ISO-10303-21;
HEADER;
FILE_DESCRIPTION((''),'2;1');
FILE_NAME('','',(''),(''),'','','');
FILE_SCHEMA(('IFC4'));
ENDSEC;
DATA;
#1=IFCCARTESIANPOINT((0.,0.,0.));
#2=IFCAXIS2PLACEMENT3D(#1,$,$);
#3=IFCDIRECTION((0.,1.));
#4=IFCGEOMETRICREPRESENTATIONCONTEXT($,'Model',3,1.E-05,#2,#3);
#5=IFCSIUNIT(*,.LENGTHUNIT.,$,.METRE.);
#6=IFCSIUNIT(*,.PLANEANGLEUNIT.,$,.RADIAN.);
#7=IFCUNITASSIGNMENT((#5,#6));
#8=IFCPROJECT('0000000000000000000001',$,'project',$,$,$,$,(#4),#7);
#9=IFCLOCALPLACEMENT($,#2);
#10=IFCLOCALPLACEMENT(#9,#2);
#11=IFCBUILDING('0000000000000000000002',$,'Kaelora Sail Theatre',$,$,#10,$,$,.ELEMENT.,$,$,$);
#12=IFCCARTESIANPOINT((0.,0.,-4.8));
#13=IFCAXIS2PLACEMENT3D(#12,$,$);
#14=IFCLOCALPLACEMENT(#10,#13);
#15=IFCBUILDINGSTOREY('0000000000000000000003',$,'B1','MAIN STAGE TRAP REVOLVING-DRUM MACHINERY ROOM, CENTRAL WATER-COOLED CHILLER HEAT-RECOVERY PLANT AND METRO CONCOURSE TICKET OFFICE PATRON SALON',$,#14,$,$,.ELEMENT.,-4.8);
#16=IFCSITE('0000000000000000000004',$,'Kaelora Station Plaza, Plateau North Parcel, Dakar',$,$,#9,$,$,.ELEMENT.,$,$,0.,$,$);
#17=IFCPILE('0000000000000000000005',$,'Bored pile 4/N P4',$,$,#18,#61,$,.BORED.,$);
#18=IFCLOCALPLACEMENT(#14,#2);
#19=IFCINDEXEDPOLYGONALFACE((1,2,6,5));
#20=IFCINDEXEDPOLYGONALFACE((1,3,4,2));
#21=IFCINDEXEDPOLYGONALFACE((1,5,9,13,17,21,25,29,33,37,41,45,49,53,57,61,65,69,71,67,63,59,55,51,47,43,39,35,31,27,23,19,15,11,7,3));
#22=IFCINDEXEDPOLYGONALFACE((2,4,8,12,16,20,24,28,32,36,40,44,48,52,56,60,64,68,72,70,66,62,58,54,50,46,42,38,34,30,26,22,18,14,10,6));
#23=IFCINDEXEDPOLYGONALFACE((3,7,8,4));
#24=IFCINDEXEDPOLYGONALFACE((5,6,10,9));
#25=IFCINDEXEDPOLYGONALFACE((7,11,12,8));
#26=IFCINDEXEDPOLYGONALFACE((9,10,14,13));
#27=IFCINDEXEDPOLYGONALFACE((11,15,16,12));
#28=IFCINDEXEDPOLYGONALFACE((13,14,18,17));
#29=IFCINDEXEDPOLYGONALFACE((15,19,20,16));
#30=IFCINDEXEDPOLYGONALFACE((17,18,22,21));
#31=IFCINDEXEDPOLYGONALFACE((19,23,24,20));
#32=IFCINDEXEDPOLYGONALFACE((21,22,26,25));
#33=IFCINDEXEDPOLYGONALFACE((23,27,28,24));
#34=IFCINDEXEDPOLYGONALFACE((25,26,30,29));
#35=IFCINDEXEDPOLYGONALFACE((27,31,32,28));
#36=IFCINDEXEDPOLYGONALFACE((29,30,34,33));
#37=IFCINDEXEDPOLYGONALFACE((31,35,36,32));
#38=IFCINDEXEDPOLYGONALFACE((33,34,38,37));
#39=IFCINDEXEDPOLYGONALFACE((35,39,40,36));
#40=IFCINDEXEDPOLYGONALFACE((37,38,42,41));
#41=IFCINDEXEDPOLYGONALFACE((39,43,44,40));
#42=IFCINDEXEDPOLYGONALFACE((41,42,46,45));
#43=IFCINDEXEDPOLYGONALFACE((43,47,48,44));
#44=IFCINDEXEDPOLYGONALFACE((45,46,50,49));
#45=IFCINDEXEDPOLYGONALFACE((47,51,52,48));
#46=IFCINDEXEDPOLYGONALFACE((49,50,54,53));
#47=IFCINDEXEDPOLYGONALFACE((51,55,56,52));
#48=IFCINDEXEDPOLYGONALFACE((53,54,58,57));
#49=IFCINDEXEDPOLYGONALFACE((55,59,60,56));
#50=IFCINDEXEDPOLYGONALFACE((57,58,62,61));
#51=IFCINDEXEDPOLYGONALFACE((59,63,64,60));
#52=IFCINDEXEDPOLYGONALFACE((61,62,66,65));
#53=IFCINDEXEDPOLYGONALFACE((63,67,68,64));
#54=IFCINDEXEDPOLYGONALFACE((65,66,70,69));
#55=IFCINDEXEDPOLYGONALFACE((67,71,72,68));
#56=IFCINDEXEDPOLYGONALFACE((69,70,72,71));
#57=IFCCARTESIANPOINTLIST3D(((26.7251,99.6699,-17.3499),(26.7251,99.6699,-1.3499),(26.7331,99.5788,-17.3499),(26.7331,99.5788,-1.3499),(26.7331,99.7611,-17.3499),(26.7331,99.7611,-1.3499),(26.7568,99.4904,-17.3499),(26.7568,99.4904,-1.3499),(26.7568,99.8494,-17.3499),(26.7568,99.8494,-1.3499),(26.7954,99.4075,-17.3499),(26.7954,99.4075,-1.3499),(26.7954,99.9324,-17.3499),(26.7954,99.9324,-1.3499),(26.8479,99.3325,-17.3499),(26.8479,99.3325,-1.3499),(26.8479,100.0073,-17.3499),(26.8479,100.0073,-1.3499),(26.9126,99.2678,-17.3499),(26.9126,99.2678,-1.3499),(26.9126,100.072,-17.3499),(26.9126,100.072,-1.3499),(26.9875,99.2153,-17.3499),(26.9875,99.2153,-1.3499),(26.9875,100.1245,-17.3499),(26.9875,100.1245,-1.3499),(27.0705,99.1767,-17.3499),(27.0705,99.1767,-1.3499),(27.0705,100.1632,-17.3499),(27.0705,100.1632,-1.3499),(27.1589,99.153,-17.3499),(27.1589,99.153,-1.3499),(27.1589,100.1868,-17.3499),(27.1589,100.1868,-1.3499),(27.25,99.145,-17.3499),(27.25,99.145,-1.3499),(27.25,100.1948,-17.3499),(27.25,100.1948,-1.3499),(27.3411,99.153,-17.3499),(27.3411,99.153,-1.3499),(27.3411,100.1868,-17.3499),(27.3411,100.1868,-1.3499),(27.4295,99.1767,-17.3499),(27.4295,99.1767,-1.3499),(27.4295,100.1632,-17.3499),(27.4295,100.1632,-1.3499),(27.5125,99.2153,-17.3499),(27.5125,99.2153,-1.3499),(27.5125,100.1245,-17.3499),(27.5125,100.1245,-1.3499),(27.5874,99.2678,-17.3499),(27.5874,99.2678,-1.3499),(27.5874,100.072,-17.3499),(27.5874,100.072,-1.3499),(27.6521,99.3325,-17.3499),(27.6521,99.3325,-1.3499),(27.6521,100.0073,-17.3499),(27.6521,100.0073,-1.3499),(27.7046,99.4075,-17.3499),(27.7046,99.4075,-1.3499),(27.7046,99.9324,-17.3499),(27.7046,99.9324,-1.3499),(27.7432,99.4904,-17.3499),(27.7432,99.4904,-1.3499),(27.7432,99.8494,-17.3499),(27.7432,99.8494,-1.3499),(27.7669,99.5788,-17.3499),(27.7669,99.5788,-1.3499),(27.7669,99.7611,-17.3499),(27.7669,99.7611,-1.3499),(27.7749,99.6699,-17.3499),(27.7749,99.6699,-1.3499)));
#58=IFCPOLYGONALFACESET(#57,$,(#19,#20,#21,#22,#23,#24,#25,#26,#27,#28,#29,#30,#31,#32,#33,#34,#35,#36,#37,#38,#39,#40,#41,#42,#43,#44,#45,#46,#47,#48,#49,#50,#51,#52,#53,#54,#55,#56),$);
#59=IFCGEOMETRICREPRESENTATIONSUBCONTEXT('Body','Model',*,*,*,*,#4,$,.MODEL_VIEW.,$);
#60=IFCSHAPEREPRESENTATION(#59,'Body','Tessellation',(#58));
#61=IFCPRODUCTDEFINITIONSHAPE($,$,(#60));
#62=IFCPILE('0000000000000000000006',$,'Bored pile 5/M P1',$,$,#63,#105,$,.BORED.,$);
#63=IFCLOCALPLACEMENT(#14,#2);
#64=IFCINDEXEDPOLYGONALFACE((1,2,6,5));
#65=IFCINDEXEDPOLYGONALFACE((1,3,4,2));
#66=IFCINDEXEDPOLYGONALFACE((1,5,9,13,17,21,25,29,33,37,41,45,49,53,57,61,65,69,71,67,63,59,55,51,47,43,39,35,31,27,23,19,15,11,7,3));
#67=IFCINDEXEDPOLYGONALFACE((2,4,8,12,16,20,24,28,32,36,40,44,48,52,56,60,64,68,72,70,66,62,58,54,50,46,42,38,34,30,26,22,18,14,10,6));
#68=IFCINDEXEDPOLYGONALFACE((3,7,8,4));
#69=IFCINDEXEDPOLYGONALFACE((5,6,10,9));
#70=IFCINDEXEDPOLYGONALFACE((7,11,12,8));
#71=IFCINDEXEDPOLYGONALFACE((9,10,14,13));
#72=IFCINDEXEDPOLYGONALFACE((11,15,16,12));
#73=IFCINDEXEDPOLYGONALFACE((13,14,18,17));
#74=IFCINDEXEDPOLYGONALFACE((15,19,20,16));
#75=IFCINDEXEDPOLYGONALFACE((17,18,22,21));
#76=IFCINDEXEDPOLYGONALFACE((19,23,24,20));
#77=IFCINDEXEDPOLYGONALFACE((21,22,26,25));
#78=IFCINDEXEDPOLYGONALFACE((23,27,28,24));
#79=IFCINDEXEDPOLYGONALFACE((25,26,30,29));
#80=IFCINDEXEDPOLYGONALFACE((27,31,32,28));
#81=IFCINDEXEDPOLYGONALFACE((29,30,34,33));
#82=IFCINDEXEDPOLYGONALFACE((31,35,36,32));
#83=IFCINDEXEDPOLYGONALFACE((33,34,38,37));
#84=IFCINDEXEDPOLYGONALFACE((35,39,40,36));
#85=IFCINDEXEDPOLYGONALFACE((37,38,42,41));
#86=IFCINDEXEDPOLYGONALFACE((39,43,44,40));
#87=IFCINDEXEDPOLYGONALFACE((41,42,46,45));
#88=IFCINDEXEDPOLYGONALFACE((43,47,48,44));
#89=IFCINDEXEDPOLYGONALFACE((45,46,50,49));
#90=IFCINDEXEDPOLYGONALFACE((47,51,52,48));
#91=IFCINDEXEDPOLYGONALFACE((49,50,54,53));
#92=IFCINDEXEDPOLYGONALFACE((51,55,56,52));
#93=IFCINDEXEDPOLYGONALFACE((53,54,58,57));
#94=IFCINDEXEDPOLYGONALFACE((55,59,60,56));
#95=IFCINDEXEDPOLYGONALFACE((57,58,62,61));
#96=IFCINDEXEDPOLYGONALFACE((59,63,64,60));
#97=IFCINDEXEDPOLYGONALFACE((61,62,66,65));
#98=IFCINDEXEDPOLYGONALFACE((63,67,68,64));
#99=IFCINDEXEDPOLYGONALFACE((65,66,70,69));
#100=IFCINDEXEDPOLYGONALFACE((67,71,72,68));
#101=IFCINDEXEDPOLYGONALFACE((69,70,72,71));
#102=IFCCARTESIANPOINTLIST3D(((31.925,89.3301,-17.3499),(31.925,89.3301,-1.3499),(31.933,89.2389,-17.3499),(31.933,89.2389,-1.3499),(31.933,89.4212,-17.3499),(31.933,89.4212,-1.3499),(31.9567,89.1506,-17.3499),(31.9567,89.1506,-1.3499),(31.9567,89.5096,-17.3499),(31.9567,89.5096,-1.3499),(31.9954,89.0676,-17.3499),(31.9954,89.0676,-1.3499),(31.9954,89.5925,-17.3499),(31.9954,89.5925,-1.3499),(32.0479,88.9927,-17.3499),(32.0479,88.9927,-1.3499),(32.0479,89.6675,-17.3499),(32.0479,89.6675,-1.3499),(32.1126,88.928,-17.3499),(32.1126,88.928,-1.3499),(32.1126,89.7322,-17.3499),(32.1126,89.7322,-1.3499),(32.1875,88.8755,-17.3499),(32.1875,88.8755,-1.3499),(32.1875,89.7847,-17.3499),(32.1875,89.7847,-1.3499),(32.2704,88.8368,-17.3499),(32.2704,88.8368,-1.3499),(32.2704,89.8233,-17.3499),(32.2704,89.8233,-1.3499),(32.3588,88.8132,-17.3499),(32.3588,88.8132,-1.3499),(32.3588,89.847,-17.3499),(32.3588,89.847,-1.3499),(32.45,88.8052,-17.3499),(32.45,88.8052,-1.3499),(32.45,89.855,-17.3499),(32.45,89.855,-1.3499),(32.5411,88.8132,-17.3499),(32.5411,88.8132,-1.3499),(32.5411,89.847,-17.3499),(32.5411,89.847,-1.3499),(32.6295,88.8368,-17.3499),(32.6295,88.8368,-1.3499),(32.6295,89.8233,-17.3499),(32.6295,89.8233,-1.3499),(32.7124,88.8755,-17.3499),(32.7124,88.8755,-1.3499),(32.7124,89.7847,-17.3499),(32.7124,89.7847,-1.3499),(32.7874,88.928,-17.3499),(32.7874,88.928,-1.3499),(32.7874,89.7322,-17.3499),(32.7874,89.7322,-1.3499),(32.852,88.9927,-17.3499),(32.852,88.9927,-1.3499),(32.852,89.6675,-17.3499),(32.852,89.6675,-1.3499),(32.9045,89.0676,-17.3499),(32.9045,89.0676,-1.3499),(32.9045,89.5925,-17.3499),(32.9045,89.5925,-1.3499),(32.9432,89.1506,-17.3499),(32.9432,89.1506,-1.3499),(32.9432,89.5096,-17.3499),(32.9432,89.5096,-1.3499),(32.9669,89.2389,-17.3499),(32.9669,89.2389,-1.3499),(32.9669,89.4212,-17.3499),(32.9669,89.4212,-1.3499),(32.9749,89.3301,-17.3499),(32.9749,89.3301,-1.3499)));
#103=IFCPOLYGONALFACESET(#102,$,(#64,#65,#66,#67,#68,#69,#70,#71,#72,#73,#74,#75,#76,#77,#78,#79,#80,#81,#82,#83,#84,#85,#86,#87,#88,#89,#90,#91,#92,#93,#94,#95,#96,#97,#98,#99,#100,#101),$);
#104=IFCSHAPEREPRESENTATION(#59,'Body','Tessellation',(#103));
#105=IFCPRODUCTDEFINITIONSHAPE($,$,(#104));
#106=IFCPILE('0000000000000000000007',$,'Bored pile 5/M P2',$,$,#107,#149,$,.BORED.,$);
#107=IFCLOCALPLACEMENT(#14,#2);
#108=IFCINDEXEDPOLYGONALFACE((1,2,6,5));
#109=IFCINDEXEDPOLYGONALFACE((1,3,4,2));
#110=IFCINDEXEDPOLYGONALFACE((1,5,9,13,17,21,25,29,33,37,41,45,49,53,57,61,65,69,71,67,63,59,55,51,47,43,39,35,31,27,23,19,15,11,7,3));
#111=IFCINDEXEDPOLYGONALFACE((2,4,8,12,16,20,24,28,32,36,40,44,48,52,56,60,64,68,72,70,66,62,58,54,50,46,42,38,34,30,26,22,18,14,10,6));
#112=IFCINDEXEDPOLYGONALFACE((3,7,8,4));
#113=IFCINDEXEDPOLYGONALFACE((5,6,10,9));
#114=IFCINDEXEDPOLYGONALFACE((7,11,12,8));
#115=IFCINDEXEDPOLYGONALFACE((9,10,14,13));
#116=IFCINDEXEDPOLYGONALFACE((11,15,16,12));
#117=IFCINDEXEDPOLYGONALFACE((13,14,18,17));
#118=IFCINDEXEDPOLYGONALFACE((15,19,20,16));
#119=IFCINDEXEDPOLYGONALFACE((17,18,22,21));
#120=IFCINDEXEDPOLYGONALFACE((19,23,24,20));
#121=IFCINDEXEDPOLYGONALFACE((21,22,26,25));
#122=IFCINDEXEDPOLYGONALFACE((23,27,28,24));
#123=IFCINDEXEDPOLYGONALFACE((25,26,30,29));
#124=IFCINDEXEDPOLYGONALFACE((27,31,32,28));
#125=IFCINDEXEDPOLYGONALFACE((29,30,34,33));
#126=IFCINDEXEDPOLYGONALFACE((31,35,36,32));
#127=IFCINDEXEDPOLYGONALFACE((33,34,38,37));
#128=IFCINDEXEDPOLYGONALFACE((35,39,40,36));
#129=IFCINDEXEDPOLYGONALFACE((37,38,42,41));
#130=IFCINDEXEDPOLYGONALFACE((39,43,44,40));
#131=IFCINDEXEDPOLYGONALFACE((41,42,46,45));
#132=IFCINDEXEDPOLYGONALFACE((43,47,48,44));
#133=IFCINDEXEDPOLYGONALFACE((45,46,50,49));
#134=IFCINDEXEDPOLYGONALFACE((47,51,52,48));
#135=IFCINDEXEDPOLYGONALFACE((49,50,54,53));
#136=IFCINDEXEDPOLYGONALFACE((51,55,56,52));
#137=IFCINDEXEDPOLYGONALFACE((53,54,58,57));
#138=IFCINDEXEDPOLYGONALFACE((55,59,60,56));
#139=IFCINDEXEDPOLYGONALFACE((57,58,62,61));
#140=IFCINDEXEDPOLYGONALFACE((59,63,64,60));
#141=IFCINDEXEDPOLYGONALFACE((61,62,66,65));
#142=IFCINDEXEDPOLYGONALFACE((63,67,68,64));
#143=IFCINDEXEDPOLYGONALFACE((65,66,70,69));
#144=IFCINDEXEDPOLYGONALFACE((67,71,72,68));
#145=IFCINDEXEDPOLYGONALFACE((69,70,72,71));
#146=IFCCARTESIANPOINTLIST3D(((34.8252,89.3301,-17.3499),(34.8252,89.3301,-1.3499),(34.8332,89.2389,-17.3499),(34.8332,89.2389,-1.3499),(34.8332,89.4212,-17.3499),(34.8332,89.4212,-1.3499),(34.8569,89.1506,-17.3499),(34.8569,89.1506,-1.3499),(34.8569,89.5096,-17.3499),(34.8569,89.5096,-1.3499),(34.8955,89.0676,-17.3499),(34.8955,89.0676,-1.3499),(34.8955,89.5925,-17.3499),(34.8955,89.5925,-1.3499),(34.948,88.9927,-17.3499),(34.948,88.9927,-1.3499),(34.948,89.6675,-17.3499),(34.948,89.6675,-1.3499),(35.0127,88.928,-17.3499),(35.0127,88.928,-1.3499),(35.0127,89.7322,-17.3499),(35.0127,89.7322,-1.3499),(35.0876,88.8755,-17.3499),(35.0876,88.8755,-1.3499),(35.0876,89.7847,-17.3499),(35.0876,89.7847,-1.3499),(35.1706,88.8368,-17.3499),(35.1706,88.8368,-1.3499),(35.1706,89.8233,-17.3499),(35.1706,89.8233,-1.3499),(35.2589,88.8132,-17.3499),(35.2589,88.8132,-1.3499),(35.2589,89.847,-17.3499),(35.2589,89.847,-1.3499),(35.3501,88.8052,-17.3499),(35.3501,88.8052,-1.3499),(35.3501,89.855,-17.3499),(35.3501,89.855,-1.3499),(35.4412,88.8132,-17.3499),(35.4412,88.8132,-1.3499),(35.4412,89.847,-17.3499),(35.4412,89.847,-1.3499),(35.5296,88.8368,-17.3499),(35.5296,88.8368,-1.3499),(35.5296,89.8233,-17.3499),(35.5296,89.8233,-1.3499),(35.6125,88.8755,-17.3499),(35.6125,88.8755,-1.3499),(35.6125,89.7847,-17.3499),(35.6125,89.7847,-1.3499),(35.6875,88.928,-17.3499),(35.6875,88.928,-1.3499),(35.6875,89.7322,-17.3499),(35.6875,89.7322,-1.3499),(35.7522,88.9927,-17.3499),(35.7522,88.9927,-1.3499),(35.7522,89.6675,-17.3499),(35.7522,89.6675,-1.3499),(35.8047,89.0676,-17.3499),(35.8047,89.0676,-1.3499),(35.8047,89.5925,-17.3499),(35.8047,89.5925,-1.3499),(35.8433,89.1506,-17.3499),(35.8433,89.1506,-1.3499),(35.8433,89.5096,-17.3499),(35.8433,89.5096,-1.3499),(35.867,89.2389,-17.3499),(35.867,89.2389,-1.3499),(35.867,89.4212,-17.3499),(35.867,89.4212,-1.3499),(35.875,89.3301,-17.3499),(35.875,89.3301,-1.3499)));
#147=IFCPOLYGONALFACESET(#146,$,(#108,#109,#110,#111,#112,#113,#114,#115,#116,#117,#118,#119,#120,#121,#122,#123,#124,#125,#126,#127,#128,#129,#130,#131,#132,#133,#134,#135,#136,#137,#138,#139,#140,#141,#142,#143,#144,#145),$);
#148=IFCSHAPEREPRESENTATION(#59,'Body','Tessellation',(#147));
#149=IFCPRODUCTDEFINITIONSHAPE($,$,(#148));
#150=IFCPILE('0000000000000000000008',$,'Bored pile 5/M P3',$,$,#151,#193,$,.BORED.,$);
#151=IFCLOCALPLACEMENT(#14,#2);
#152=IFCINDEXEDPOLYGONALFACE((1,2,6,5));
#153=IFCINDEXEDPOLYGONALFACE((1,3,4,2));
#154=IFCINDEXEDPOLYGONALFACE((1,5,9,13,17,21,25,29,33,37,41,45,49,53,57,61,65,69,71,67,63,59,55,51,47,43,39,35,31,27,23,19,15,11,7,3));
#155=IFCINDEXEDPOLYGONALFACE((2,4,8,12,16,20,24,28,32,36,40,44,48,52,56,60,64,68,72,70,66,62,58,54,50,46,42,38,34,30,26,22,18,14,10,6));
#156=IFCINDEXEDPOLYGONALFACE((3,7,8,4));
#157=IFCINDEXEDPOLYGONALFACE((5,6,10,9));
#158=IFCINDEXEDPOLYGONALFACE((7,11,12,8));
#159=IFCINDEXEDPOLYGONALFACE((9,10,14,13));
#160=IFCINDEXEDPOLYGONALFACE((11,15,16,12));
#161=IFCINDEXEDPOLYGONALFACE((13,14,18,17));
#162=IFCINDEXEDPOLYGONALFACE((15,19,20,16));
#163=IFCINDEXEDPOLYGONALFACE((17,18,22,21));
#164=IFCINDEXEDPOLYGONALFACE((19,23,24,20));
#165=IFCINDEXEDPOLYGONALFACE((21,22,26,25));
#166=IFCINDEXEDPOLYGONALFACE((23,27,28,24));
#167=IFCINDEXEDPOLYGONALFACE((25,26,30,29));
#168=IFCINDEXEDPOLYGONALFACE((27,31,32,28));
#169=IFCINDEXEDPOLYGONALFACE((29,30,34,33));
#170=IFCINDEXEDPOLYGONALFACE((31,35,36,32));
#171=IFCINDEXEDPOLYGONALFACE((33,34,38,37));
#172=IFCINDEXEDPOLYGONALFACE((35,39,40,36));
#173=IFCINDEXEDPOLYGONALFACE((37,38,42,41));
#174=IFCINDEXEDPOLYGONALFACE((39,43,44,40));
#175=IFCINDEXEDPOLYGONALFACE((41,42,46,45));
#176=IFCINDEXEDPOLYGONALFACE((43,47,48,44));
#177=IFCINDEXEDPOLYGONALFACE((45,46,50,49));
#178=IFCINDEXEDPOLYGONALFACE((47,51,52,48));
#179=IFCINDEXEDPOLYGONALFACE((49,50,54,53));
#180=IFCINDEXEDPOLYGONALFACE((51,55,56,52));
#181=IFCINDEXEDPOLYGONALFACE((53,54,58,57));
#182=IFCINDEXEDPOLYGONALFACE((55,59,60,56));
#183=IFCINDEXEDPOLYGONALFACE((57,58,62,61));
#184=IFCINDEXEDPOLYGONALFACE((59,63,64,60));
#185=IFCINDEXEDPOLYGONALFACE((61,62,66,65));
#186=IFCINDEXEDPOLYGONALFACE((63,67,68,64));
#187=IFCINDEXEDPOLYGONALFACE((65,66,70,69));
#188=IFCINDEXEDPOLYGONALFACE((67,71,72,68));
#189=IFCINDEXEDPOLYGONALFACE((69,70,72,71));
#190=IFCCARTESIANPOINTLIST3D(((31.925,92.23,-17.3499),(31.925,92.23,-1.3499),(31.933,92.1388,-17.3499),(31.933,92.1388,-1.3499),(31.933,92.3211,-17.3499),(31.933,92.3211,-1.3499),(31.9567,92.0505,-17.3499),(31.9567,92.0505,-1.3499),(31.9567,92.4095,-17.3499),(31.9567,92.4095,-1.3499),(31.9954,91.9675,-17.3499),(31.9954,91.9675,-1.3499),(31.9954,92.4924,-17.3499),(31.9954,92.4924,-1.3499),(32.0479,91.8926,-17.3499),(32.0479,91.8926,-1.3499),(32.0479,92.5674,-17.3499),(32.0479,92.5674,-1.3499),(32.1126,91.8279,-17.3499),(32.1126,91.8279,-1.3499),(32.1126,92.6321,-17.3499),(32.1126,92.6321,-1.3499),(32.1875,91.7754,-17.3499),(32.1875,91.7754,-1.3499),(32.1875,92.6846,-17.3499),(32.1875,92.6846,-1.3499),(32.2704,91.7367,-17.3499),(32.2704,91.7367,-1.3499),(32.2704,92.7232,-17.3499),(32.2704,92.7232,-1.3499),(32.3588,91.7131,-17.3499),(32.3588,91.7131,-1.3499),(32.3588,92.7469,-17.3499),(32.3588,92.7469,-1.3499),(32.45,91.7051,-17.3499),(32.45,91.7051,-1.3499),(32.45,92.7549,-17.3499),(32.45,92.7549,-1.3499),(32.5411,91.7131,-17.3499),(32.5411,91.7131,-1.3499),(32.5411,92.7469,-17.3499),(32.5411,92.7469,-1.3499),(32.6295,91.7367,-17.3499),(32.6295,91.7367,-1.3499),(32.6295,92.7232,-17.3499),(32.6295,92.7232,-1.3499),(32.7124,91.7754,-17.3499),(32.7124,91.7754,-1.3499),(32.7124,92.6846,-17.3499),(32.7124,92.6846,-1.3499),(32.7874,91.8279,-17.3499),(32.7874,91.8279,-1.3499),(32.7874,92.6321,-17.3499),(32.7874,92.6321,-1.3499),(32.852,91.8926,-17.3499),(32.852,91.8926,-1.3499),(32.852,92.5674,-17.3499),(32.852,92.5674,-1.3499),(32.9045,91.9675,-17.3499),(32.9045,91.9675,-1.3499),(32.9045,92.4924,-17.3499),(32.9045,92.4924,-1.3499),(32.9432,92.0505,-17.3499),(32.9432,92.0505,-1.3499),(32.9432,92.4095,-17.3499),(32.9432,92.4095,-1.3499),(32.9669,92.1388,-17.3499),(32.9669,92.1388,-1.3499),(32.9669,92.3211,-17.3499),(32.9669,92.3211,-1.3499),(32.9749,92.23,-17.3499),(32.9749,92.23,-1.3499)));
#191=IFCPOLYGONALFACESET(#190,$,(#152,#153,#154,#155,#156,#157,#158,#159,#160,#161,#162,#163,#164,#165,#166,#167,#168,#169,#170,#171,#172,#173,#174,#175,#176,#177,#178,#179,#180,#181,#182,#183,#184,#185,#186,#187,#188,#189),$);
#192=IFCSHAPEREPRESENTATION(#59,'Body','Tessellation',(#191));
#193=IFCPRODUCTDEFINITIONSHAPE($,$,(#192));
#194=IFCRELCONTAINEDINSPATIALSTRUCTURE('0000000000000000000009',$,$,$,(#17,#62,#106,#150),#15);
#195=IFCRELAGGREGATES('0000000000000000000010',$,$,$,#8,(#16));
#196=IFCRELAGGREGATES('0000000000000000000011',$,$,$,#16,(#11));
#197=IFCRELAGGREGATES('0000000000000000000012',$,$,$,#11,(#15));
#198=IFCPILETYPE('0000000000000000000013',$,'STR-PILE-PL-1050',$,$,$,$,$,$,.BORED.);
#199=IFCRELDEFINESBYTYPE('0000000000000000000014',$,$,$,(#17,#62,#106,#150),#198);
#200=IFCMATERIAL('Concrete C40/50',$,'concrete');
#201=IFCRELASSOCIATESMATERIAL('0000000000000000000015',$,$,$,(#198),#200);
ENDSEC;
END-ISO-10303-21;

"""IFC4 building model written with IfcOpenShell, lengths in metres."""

from ifc_helpers import new_model, si_unit, direction, frame, origin, origin_2d, place, context, subcontext, project, spatial, circle, extrude, material, material_profile, profile_set, type_object, element, save


model = new_model("IFC4")

# Units and contexts
model_context = context("Model", 3, precision=1e-05, world=origin(), true_north=direction((0.0, 1.0)))
body_context = subcontext(model_context, "Body", "Model", "MODEL_VIEW")
ifc_project = project(units=[si_unit("LENGTHUNIT", "METRE"), si_unit("PLANEANGLEUNIT", "RADIAN")], contexts=[model_context])

# Site, building, storey
site_placement = place(None, origin())
site = spatial("IfcSite", under=ifc_project, at=site_placement, Name="Kaelora Station Plaza, Plateau North Parcel, Dakar", CompositionType="ELEMENT", RefElevation=0.0)
building_placement = place(site_placement, origin())
building = spatial("IfcBuilding", under=site, at=building_placement, Name="Kaelora Sail Theatre", CompositionType="ELEMENT")
storey_placement = place(building_placement, frame((0.0, 0.0, -4.8)))
storey = spatial("IfcBuildingStorey", under=building, at=storey_placement, Name="B1", Description="MAIN STAGE TRAP REVOLVING-DRUM MACHINERY ROOM, CENTRAL WATER-COOLED CHILLER HEAT-RECOVERY PLANT AND METRO CONCOURSE TICKET OFFICE PATRON SALON", CompositionType="ELEMENT", Elevation=-4.8)

# Piles
ifc_material_1 = material(Name="Concrete C40/50", Category="concrete")
ifc_material_profile_1 = material_profile(ifc_material_1, circle(Radius=0.5249, at=origin_2d()), Name="PILE D1050")
ifc_profile_set_1 = profile_set([ifc_material_profile_1], Name="Concrete C40/50")
pile_type_1 = type_object("IfcPileType", Name="STR-PILE-PL-1050", PredefinedType="BORED", material=ifc_profile_set_1)
for number, where, z_axis, x_axis, name in (
    (1, (27.25, 99.6699, -1.3499), (0.0, 0.0, -1.0), (1.0, 0.0, 0.0), "Bored pile 4/N P4"),
    (2, (32.45, 89.3301, -1.3499), (0.0, 0.0, -1.0), (1.0, 0.0, 0.0), "Bored pile 5/M P1"),
    (3, (35.3501, 89.3301, -1.3499), (0.0, 0.0, -1.0), (1.0, 0.0, 0.0), "Bored pile 5/M P2"),
    (4, (32.45, 92.23, -1.3499), (0.0, 0.0, -1.0), (1.0, 0.0, 0.0), "Bored pile 5/M P3"),
):
    element("IfcPile", number, at=place(storey_placement, frame(where, z_axis=z_axis, x_axis=x_axis)), inside=storey, type_object=pile_type_1, Name=name, PredefinedType="BORED", context=body_context, shape_type="SweptSolid", body=[
        extrude(circle(Radius=0.5249, at=origin_2d()), origin(), (0.0, 0.0, 1.0), 16.0),
    ])

save(model, "model.ifc")
